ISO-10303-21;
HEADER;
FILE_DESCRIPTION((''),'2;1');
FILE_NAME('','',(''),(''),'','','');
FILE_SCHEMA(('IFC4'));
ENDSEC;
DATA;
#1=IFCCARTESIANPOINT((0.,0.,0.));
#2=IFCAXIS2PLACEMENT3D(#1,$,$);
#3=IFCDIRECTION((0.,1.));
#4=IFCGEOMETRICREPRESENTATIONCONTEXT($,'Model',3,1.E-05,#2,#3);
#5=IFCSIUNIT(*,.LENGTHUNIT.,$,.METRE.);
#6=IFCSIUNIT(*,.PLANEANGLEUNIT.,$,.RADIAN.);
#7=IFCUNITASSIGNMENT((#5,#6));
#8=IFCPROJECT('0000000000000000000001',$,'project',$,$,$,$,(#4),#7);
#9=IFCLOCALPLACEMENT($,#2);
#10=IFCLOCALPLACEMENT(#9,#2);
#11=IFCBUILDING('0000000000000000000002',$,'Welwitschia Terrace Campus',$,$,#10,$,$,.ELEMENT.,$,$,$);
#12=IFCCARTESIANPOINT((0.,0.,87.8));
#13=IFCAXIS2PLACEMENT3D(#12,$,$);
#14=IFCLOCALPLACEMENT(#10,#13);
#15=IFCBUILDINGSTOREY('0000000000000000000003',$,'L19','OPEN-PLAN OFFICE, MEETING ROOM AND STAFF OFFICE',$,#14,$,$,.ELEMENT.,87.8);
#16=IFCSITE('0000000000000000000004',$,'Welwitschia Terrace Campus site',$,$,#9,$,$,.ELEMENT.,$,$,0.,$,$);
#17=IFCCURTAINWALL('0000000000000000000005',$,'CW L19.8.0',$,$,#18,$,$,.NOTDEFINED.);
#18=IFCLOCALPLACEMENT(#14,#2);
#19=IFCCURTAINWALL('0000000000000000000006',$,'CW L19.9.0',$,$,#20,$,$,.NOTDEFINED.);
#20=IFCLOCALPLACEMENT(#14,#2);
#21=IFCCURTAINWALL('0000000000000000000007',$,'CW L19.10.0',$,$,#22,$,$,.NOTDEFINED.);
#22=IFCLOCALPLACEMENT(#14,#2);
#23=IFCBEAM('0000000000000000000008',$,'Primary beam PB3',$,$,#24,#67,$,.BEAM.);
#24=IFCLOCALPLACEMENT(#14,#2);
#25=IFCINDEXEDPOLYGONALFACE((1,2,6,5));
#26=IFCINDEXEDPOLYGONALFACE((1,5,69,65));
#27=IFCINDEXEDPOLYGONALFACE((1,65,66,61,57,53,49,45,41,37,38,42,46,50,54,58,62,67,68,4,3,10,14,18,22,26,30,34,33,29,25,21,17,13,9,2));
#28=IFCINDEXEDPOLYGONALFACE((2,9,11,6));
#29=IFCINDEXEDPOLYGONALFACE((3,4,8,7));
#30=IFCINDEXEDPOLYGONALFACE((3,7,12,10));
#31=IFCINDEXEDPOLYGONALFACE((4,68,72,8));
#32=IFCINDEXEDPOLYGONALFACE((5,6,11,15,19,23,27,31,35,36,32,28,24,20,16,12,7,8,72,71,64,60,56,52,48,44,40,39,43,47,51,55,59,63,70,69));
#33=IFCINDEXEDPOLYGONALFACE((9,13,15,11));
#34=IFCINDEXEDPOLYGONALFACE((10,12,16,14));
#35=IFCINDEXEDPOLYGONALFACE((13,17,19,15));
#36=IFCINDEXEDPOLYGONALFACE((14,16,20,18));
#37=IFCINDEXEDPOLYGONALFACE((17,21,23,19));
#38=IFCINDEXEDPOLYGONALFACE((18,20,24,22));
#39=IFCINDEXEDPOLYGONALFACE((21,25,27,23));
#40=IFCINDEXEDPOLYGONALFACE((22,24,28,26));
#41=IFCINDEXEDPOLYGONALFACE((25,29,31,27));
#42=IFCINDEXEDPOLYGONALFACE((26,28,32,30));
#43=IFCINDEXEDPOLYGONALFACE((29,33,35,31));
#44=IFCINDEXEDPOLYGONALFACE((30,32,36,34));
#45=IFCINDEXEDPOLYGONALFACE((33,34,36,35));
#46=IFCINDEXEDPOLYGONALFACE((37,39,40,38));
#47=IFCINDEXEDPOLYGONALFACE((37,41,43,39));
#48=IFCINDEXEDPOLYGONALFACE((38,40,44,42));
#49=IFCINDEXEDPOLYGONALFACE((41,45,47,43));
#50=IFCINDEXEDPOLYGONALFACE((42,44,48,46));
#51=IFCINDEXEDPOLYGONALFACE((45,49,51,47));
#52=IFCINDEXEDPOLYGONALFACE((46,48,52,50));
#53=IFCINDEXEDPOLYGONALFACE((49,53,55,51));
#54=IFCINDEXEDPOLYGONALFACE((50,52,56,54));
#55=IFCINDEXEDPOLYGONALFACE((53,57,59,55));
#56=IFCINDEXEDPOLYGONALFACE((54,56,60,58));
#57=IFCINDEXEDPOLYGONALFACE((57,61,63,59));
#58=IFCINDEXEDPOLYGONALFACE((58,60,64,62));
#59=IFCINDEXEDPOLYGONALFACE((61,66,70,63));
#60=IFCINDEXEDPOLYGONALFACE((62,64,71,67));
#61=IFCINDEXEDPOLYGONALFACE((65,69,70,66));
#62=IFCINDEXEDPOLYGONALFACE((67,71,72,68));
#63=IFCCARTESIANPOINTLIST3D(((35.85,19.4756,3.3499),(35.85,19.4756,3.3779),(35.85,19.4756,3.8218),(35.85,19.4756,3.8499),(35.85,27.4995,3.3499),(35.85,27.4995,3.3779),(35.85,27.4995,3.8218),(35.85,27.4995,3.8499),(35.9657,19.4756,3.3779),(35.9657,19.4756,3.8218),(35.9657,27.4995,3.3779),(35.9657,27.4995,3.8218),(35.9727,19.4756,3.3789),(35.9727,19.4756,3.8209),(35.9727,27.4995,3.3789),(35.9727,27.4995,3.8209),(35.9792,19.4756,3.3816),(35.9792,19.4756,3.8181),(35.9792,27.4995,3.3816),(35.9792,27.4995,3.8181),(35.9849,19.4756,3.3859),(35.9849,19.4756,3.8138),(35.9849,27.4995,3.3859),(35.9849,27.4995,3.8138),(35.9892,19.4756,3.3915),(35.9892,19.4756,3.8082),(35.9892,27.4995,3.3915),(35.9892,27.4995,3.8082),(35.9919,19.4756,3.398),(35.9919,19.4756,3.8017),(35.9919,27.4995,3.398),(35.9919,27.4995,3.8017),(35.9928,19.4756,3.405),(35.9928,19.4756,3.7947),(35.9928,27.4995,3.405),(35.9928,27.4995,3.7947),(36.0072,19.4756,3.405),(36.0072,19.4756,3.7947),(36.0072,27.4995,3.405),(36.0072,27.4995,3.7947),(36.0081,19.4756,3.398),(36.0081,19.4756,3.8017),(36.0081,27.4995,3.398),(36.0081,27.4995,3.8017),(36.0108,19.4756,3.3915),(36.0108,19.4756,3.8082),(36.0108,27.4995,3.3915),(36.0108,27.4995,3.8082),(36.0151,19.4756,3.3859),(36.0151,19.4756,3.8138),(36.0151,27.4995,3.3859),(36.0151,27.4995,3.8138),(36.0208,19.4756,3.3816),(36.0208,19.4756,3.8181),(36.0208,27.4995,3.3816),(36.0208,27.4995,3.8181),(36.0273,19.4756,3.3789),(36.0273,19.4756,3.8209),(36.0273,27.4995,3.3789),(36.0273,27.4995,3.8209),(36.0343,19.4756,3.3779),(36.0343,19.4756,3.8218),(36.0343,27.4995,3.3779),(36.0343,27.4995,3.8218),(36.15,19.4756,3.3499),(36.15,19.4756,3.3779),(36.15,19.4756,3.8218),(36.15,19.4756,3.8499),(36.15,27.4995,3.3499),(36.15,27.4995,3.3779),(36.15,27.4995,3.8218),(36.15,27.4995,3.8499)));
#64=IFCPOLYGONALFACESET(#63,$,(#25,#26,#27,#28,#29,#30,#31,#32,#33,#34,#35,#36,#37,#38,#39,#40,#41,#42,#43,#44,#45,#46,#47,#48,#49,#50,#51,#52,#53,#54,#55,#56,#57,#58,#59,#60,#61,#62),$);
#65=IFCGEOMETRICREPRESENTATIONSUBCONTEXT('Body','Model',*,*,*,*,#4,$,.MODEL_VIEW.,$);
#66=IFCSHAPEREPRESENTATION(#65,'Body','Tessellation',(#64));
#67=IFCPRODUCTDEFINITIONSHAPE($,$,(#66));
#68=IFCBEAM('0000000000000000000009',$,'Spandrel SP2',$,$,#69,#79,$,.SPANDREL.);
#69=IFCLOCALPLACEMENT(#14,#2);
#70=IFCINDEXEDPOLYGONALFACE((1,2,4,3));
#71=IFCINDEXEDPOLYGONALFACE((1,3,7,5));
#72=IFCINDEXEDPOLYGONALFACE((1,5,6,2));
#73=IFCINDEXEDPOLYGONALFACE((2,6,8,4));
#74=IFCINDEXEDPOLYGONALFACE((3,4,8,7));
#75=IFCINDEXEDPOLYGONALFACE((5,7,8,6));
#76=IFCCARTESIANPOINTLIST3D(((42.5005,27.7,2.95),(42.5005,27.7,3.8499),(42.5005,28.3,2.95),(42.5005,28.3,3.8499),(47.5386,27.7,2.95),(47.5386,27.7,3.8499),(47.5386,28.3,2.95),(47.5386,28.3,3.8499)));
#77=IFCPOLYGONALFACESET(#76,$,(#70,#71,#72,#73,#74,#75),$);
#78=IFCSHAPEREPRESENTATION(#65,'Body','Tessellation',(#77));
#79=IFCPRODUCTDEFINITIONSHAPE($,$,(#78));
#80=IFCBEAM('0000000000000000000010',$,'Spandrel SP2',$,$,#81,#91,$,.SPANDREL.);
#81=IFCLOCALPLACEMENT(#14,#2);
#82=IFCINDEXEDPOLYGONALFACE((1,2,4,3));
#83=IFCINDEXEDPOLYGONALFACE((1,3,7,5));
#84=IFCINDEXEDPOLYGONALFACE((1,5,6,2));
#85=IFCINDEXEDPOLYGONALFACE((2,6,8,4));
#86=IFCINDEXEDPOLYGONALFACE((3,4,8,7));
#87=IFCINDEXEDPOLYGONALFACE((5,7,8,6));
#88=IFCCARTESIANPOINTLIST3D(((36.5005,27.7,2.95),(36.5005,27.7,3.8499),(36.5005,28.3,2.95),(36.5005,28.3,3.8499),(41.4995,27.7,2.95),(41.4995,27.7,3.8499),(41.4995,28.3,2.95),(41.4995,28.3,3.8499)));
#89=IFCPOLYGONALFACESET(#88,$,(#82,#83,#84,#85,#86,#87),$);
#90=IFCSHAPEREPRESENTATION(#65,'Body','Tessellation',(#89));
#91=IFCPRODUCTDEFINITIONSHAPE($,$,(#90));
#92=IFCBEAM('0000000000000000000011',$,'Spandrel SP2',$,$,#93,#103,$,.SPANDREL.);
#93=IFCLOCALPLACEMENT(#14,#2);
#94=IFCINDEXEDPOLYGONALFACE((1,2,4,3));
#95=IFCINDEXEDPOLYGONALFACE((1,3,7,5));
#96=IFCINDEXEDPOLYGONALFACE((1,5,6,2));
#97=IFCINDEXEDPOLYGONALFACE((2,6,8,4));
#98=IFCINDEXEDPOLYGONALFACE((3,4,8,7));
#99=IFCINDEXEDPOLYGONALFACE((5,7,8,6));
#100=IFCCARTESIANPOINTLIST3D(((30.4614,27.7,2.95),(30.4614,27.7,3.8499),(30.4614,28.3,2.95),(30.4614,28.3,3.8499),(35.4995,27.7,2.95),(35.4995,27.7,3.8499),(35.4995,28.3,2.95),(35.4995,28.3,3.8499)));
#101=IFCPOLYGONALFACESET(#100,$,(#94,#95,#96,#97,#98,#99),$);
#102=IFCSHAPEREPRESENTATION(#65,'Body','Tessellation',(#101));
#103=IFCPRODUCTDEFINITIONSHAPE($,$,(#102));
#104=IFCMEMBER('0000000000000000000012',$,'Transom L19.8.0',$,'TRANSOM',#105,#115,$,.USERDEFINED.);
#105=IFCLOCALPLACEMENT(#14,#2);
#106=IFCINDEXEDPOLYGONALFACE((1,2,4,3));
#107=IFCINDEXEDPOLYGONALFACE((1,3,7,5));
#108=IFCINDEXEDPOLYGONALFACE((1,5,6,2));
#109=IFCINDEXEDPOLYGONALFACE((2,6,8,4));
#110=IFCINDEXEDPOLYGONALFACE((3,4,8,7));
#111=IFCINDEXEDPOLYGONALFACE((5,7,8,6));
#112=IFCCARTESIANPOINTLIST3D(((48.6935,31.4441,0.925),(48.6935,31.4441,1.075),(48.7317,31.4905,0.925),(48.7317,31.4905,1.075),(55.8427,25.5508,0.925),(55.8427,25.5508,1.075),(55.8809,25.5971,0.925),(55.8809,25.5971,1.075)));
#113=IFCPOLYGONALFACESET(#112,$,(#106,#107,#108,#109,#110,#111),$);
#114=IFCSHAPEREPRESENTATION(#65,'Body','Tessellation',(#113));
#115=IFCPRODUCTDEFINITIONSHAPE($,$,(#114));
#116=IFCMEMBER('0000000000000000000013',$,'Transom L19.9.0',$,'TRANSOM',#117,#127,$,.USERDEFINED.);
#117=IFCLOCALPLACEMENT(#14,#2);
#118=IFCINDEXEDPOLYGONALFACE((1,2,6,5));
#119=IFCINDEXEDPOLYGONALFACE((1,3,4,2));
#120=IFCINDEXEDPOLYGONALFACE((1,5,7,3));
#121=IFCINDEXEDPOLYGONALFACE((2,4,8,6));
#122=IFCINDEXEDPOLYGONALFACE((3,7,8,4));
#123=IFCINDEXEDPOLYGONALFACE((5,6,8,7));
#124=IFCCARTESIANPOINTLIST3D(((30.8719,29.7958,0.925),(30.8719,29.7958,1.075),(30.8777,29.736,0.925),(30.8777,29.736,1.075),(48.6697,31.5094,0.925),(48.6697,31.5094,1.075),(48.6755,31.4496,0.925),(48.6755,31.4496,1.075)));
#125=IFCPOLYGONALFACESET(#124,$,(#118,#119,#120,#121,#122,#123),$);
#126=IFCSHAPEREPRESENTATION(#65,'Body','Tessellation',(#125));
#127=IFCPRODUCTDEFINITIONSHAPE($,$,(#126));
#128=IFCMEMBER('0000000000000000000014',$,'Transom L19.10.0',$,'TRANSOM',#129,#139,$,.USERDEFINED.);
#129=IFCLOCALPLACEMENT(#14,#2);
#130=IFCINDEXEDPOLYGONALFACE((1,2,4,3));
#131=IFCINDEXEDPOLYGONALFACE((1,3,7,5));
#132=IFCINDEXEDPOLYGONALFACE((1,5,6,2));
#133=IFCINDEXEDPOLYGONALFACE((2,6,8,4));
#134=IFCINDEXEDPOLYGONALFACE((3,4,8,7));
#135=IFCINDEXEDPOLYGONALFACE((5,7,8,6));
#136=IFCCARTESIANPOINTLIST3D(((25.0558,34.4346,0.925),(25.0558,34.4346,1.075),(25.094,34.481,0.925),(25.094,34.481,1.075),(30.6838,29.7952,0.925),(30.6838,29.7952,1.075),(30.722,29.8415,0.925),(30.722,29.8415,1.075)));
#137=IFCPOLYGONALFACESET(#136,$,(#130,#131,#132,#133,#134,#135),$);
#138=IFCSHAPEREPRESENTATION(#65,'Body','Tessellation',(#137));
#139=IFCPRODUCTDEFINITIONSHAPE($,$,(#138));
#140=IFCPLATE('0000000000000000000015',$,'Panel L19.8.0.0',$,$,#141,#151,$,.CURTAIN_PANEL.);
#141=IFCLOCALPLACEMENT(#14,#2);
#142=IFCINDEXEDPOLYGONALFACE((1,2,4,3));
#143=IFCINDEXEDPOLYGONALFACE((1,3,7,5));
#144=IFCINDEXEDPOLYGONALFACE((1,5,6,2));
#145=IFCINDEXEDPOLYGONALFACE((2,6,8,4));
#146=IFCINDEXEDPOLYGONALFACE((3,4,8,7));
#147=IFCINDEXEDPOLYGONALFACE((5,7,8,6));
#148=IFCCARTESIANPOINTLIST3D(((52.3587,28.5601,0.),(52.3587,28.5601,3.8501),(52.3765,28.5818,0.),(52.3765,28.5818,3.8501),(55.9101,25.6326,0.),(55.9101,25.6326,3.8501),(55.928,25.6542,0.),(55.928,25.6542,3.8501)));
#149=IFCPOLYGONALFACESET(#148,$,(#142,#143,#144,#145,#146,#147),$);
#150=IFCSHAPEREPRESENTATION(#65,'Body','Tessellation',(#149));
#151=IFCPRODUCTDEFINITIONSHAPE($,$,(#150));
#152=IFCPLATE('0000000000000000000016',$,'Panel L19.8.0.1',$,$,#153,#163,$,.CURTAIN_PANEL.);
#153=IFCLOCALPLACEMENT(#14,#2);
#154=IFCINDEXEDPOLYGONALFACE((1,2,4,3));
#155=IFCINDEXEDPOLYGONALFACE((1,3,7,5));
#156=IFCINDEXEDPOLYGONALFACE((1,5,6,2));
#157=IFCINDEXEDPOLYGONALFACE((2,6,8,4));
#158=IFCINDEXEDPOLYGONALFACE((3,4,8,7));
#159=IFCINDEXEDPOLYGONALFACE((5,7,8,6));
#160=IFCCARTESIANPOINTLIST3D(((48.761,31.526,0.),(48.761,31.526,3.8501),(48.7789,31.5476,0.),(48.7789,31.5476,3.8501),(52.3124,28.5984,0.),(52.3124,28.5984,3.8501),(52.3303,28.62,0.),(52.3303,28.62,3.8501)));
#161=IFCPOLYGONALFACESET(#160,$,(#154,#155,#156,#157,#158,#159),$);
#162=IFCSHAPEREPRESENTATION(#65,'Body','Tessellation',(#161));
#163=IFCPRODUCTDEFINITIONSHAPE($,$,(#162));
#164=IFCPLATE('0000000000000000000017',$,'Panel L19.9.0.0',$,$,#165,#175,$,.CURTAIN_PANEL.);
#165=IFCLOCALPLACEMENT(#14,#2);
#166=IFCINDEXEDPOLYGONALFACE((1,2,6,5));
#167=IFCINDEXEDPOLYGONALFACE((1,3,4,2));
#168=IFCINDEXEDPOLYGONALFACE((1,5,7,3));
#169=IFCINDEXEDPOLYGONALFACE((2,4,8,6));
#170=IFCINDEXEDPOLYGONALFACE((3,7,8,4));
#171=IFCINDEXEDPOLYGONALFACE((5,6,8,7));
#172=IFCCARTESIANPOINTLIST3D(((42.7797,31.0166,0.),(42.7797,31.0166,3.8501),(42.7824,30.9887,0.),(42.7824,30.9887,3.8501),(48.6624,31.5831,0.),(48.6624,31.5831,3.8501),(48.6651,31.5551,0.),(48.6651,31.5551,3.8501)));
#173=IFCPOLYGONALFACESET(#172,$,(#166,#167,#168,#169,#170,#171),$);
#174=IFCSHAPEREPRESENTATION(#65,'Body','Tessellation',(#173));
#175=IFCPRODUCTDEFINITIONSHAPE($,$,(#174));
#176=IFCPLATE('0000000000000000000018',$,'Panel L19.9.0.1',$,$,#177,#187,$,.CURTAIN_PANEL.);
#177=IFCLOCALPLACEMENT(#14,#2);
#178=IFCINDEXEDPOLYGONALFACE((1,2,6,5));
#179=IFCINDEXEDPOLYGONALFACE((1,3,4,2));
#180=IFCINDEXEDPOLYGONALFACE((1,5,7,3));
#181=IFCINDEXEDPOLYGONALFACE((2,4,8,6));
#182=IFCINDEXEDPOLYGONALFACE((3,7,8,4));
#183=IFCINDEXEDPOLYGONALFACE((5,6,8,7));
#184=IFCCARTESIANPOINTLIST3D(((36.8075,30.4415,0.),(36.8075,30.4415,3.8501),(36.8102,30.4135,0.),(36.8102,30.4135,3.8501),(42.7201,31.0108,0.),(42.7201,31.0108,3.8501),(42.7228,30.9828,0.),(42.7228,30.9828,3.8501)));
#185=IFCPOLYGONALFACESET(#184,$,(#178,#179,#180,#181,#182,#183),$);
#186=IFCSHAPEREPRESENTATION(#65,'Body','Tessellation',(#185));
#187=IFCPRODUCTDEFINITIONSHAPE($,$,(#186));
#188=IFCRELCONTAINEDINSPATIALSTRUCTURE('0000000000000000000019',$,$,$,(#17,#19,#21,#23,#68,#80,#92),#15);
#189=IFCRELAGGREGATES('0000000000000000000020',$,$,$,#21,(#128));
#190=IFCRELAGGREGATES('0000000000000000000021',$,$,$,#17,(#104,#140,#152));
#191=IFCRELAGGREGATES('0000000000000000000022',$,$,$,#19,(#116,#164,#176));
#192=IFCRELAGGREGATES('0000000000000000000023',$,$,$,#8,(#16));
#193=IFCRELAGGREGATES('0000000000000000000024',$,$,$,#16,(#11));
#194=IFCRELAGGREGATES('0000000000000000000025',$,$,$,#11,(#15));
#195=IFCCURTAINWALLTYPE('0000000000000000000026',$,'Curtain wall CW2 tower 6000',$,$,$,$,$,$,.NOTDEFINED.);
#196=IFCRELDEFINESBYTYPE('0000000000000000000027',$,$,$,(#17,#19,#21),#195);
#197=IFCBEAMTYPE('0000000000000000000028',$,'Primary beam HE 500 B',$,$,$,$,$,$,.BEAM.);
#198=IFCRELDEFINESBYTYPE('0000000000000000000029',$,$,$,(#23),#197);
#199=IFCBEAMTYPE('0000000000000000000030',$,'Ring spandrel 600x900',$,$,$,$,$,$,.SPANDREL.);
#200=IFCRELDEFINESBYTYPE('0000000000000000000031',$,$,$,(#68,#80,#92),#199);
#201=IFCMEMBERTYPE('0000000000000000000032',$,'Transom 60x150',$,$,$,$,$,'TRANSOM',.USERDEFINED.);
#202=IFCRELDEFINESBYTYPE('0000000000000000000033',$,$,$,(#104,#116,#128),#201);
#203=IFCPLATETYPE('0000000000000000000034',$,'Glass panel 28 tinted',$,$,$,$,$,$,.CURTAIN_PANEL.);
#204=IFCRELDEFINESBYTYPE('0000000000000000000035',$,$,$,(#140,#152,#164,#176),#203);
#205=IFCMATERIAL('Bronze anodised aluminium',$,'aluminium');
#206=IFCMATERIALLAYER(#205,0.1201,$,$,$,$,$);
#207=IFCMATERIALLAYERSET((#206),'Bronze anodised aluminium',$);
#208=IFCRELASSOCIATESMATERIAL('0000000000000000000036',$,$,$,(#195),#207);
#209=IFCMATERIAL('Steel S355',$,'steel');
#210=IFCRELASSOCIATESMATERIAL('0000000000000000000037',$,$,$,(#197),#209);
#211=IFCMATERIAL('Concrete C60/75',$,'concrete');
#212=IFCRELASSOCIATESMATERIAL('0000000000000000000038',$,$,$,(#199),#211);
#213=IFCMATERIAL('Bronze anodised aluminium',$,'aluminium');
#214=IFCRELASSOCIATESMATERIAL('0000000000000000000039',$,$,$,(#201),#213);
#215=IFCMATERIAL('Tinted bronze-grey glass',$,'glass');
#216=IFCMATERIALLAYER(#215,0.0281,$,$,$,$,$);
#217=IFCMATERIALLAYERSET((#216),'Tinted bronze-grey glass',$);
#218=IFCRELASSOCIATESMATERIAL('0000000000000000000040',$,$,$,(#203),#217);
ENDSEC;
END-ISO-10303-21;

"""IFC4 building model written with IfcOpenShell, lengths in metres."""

from ifc_helpers import new_model, si_unit, direction, frame, origin, origin_2d, place, context, subcontext, project, spatial, rectangle, i_section, extrude, material, layer, layer_set, material_profile, profile_set, type_object, element, aggregate, save


model = new_model("IFC4")

# Units and contexts
model_context = context("Model", 3, precision=1e-05, world=origin(), true_north=direction((0.0, 1.0)))
body_context = subcontext(model_context, "Body", "Model", "MODEL_VIEW")
ifc_project = project(units=[si_unit("LENGTHUNIT", "METRE"), si_unit("PLANEANGLEUNIT", "RADIAN")], contexts=[model_context])

# Site, building, storey
site_placement = place(None, origin())
site = spatial("IfcSite", under=ifc_project, at=site_placement, Name="Welwitschia Terrace Campus site", CompositionType="ELEMENT", RefElevation=0.0)
building_placement = place(site_placement, origin())
building = spatial("IfcBuilding", under=site, at=building_placement, Name="Welwitschia Terrace Campus", CompositionType="ELEMENT")
storey_placement = place(building_placement, frame((0.0, 0.0, 87.8)))
storey = spatial("IfcBuildingStorey", under=building, at=storey_placement, Name="L19", Description="OPEN-PLAN OFFICE, MEETING ROOM AND STAFF OFFICE", CompositionType="ELEMENT", Elevation=87.8)

# Curtain walls
ifc_material_1 = material(Name="Bronze anodised aluminium", Category="aluminium")
ifc_layer_1 = layer(ifc_material_1, 0.1201)
ifc_layer_set_1 = layer_set([ifc_layer_1], Name="Bronze anodised aluminium")
curtain_wall_type = type_object("IfcCurtainWallType", Name="Curtain wall CW2 tower 6000", PredefinedType="NOTDEFINED", material=ifc_layer_set_1)
curtain_wall_1_placement = place(storey_placement, origin())
curtain_wall_1 = element("IfcCurtainWall", 1, at=curtain_wall_1_placement, inside=storey, type_object=curtain_wall_type, Name="CW L19.8.0", PredefinedType="NOTDEFINED")
curtain_wall_2_placement = place(storey_placement, origin())
curtain_wall_2 = element("IfcCurtainWall", 2, at=curtain_wall_2_placement, inside=storey, type_object=curtain_wall_type, Name="CW L19.9.0", PredefinedType="NOTDEFINED")

# Curtain wall
curtain_wall_3_placement = place(storey_placement, origin())
curtain_wall_3 = element("IfcCurtainWall", 3, at=curtain_wall_3_placement, inside=storey, type_object=curtain_wall_type, Name="CW L19.10.0", PredefinedType="NOTDEFINED")

# Beams
ifc_material_2 = material(Name="Steel S355", Category="steel")
ifc_material_profile_1 = material_profile(ifc_material_2, i_section(OverallWidth=0.3, OverallDepth=0.5, WebThickness=0.0144, FlangeThickness=0.0281, FilletRadius=0.0271, at=origin_2d()))
ifc_profile_set_1 = profile_set([ifc_material_profile_1], Name="Steel S355")
beam_type_1 = type_object("IfcBeamType", Name="Primary beam HE 500 B", PredefinedType="BEAM", material=ifc_profile_set_1)
beam_1_placement = place(storey_placement, frame((36.0, 27.4995, 3.5999), z_axis=(0.0, -1.0, 0.0), x_axis=(1.0, 0.0, 0.0)))
element("IfcBeam", 4, at=beam_1_placement, inside=storey, type_object=beam_type_1, Name="Primary beam PB3", PredefinedType="BEAM", context=body_context, shape_type="SweptSolid", body=[
    extrude(i_section(OverallWidth=0.3, OverallDepth=0.5, WebThickness=0.0144, FlangeThickness=0.0281, FilletRadius=0.0271, at=origin_2d()), origin(), (0.0, 0.0, 1.0), 8.0239),
])
ifc_material_3 = material(Name="Concrete C60/75", Category="concrete")
ifc_material_profile_2 = material_profile(ifc_material_3, rectangle(XDim=0.6001, YDim=0.8999, at=origin_2d()))
ifc_profile_set_2 = profile_set([ifc_material_profile_2], Name="Concrete C60/75")
beam_type_2 = type_object("IfcBeamType", Name="Ring spandrel 600x900", PredefinedType="SPANDREL", material=ifc_profile_set_2)
beam_2_placement = place(storey_placement, frame((47.5386, 28.0, 3.3999), z_axis=(-1.0, 0.0, 0.0), x_axis=(0.0, -1.0, 0.0)))
element("IfcBeam", 5, at=beam_2_placement, inside=storey, type_object=beam_type_2, Name="Spandrel SP2", PredefinedType="SPANDREL", context=body_context, shape_type="SweptSolid", body=[
    extrude(rectangle(XDim=0.6001, YDim=0.8999, at=origin_2d()), origin(), (0.0, 0.0, 1.0), 5.0381),
])
beam_3_placement = place(storey_placement, frame((41.4995, 28.0, 3.3999), z_axis=(-1.0, 0.0, 0.0), x_axis=(0.0, -1.0, 0.0)))
element("IfcBeam", 6, at=beam_3_placement, inside=storey, type_object=beam_type_2, Name="Spandrel SP2", PredefinedType="SPANDREL", context=body_context, shape_type="SweptSolid", body=[
    extrude(rectangle(XDim=0.6001, YDim=0.8999, at=origin_2d()), origin(), (0.0, 0.0, 1.0), 4.999),
])
beam_4_placement = place(storey_placement, frame((35.4995, 28.0, 3.3999), z_axis=(-1.0, 0.0, 0.0), x_axis=(0.0, -1.0, 0.0)))
element("IfcBeam", 7, at=beam_4_placement, inside=storey, type_object=beam_type_2, Name="Spandrel SP2", PredefinedType="SPANDREL", context=body_context, shape_type="SweptSolid", body=[
    extrude(rectangle(XDim=0.6001, YDim=0.8999, at=origin_2d()), origin(), (0.0, 0.0, 1.0), 5.0381),
])

# Members
ifc_material_4 = material(Name="Bronze anodised aluminium", Category="aluminium")
ifc_material_profile_3 = material_profile(ifc_material_4, rectangle(XDim=0.0601, YDim=0.1499, at=origin_2d()))
ifc_profile_set_3 = profile_set([ifc_material_profile_3], Name="Bronze anodised aluminium")
member_type_1 = type_object("IfcMemberType", Name="Transom 60x150", ElementType="TRANSOM", PredefinedType="USERDEFINED", material=ifc_profile_set_3)
member_1_placement = place(storey_placement, frame((55.8618, 25.574, 1.0), z_axis=(-0.771625, 0.636078, 0.0), x_axis=(-0.636078, -0.771625, 0.0)))
member_1 = element("IfcMember", 8, at=member_1_placement, type_object=member_type_1, Name="Transom L19.8.0", ObjectType="TRANSOM", PredefinedType="USERDEFINED", context=body_context, shape_type="SweptSolid", body=[
    extrude(rectangle(XDim=0.0601, YDim=0.1499, at=origin_2d()), origin(), (0.0, 0.0, 1.0), 9.2651),
])
member_2_placement = place(storey_placement, frame((48.6726, 31.4795, 1.0), z_axis=(-0.995397, -0.095839, 0.0), x_axis=(0.095839, -0.995397, 0.0)))
member_2 = element("IfcMember", 9, at=member_2_placement, type_object=member_type_1, Name="Transom L19.9.0", ObjectType="TRANSOM", PredefinedType="USERDEFINED", context=body_context, shape_type="SweptSolid", body=[
    extrude(rectangle(XDim=0.0601, YDim=0.1499, at=origin_2d()), origin(), (0.0, 0.0, 1.0), 17.8801),
])
member_3_placement = place(storey_placement, frame((30.7029, 29.8184, 1.0), z_axis=(-0.771618, 0.636086, 0.0), x_axis=(-0.636086, -0.771618, 0.0)))
member_3 = element("IfcMember", 10, at=member_3_placement, type_object=member_type_1, Name="Transom L19.10.0", ObjectType="TRANSOM", PredefinedType="USERDEFINED", context=body_context, shape_type="SweptSolid", body=[
    extrude(rectangle(XDim=0.0601, YDim=0.1499, at=origin_2d()), origin(), (0.0, 0.0, 1.0), 7.2937),
])
aggregate(curtain_wall_3, [member_3])

# Plates
ifc_material_5 = material(Name="Tinted bronze-grey glass", Category="glass")
ifc_layer_2 = layer(ifc_material_5, 0.0281)
ifc_layer_set_2 = layer_set([ifc_layer_2], Name="Tinted bronze-grey glass")
plate_type = type_object("IfcPlateType", Name="Glass panel 28 tinted", PredefinedType="CURTAIN_PANEL", material=ifc_layer_set_2)
plate_1_placement = place(storey_placement, frame((54.1433, 27.1072, 0.0), z_axis=(0.0, 0.0, 1.0), x_axis=(-0.771625, 0.636078, 0.0)))
plate_1 = element("IfcPlate", 11, at=plate_1_placement, type_object=plate_type, Name="Panel L19.8.0.0", PredefinedType="CURTAIN_PANEL", context=body_context, shape_type="SweptSolid", body=[
    extrude(rectangle(XDim=4.6025, YDim=0.0281, at=origin_2d()), origin(), (0.0, 0.0, 1.0), 3.8501),
])
plate_2_placement = place(storey_placement, frame((50.5457, 30.073, 0.0), z_axis=(0.0, 0.0, 1.0), x_axis=(-0.771625, 0.636078, 0.0)))
plate_2 = element("IfcPlate", 12, at=plate_2_placement, type_object=plate_type, Name="Panel L19.8.0.1", PredefinedType="CURTAIN_PANEL", context=body_context, shape_type="SweptSolid", body=[
    extrude(rectangle(XDim=4.6025, YDim=0.0281, at=origin_2d()), origin(), (0.0, 0.0, 1.0), 3.8501),
])
aggregate(curtain_wall_1, [member_1, plate_1, plate_2])
plate_3_placement = place(storey_placement, frame((45.7224, 31.2859, 0.0), z_axis=(0.0, 0.0, 1.0), x_axis=(-0.995396, -0.095846, 0.0)))
plate_3 = element("IfcPlate", 13, at=plate_3_placement, type_object=plate_type, Name="Panel L19.9.0.0", PredefinedType="CURTAIN_PANEL", context=body_context, shape_type="SweptSolid", body=[
    extrude(rectangle(XDim=5.9099, YDim=0.0281, at=origin_2d()), origin(), (0.0, 0.0, 1.0), 3.8501),
])
plate_4_placement = place(storey_placement, frame((39.7651, 30.7122, 0.0), z_axis=(0.0, 0.0, 1.0), x_axis=(-0.995396, -0.095846, 0.0)))
plate_4 = element("IfcPlate", 14, at=plate_4_placement, type_object=plate_type, Name="Panel L19.9.0.1", PredefinedType="CURTAIN_PANEL", context=body_context, shape_type="SweptSolid", body=[
    extrude(rectangle(XDim=5.9399, YDim=0.0281, at=origin_2d()), origin(), (0.0, 0.0, 1.0), 3.8501),
])
aggregate(curtain_wall_2, [member_2, plate_3, plate_4])

save(model, "model.ifc")
